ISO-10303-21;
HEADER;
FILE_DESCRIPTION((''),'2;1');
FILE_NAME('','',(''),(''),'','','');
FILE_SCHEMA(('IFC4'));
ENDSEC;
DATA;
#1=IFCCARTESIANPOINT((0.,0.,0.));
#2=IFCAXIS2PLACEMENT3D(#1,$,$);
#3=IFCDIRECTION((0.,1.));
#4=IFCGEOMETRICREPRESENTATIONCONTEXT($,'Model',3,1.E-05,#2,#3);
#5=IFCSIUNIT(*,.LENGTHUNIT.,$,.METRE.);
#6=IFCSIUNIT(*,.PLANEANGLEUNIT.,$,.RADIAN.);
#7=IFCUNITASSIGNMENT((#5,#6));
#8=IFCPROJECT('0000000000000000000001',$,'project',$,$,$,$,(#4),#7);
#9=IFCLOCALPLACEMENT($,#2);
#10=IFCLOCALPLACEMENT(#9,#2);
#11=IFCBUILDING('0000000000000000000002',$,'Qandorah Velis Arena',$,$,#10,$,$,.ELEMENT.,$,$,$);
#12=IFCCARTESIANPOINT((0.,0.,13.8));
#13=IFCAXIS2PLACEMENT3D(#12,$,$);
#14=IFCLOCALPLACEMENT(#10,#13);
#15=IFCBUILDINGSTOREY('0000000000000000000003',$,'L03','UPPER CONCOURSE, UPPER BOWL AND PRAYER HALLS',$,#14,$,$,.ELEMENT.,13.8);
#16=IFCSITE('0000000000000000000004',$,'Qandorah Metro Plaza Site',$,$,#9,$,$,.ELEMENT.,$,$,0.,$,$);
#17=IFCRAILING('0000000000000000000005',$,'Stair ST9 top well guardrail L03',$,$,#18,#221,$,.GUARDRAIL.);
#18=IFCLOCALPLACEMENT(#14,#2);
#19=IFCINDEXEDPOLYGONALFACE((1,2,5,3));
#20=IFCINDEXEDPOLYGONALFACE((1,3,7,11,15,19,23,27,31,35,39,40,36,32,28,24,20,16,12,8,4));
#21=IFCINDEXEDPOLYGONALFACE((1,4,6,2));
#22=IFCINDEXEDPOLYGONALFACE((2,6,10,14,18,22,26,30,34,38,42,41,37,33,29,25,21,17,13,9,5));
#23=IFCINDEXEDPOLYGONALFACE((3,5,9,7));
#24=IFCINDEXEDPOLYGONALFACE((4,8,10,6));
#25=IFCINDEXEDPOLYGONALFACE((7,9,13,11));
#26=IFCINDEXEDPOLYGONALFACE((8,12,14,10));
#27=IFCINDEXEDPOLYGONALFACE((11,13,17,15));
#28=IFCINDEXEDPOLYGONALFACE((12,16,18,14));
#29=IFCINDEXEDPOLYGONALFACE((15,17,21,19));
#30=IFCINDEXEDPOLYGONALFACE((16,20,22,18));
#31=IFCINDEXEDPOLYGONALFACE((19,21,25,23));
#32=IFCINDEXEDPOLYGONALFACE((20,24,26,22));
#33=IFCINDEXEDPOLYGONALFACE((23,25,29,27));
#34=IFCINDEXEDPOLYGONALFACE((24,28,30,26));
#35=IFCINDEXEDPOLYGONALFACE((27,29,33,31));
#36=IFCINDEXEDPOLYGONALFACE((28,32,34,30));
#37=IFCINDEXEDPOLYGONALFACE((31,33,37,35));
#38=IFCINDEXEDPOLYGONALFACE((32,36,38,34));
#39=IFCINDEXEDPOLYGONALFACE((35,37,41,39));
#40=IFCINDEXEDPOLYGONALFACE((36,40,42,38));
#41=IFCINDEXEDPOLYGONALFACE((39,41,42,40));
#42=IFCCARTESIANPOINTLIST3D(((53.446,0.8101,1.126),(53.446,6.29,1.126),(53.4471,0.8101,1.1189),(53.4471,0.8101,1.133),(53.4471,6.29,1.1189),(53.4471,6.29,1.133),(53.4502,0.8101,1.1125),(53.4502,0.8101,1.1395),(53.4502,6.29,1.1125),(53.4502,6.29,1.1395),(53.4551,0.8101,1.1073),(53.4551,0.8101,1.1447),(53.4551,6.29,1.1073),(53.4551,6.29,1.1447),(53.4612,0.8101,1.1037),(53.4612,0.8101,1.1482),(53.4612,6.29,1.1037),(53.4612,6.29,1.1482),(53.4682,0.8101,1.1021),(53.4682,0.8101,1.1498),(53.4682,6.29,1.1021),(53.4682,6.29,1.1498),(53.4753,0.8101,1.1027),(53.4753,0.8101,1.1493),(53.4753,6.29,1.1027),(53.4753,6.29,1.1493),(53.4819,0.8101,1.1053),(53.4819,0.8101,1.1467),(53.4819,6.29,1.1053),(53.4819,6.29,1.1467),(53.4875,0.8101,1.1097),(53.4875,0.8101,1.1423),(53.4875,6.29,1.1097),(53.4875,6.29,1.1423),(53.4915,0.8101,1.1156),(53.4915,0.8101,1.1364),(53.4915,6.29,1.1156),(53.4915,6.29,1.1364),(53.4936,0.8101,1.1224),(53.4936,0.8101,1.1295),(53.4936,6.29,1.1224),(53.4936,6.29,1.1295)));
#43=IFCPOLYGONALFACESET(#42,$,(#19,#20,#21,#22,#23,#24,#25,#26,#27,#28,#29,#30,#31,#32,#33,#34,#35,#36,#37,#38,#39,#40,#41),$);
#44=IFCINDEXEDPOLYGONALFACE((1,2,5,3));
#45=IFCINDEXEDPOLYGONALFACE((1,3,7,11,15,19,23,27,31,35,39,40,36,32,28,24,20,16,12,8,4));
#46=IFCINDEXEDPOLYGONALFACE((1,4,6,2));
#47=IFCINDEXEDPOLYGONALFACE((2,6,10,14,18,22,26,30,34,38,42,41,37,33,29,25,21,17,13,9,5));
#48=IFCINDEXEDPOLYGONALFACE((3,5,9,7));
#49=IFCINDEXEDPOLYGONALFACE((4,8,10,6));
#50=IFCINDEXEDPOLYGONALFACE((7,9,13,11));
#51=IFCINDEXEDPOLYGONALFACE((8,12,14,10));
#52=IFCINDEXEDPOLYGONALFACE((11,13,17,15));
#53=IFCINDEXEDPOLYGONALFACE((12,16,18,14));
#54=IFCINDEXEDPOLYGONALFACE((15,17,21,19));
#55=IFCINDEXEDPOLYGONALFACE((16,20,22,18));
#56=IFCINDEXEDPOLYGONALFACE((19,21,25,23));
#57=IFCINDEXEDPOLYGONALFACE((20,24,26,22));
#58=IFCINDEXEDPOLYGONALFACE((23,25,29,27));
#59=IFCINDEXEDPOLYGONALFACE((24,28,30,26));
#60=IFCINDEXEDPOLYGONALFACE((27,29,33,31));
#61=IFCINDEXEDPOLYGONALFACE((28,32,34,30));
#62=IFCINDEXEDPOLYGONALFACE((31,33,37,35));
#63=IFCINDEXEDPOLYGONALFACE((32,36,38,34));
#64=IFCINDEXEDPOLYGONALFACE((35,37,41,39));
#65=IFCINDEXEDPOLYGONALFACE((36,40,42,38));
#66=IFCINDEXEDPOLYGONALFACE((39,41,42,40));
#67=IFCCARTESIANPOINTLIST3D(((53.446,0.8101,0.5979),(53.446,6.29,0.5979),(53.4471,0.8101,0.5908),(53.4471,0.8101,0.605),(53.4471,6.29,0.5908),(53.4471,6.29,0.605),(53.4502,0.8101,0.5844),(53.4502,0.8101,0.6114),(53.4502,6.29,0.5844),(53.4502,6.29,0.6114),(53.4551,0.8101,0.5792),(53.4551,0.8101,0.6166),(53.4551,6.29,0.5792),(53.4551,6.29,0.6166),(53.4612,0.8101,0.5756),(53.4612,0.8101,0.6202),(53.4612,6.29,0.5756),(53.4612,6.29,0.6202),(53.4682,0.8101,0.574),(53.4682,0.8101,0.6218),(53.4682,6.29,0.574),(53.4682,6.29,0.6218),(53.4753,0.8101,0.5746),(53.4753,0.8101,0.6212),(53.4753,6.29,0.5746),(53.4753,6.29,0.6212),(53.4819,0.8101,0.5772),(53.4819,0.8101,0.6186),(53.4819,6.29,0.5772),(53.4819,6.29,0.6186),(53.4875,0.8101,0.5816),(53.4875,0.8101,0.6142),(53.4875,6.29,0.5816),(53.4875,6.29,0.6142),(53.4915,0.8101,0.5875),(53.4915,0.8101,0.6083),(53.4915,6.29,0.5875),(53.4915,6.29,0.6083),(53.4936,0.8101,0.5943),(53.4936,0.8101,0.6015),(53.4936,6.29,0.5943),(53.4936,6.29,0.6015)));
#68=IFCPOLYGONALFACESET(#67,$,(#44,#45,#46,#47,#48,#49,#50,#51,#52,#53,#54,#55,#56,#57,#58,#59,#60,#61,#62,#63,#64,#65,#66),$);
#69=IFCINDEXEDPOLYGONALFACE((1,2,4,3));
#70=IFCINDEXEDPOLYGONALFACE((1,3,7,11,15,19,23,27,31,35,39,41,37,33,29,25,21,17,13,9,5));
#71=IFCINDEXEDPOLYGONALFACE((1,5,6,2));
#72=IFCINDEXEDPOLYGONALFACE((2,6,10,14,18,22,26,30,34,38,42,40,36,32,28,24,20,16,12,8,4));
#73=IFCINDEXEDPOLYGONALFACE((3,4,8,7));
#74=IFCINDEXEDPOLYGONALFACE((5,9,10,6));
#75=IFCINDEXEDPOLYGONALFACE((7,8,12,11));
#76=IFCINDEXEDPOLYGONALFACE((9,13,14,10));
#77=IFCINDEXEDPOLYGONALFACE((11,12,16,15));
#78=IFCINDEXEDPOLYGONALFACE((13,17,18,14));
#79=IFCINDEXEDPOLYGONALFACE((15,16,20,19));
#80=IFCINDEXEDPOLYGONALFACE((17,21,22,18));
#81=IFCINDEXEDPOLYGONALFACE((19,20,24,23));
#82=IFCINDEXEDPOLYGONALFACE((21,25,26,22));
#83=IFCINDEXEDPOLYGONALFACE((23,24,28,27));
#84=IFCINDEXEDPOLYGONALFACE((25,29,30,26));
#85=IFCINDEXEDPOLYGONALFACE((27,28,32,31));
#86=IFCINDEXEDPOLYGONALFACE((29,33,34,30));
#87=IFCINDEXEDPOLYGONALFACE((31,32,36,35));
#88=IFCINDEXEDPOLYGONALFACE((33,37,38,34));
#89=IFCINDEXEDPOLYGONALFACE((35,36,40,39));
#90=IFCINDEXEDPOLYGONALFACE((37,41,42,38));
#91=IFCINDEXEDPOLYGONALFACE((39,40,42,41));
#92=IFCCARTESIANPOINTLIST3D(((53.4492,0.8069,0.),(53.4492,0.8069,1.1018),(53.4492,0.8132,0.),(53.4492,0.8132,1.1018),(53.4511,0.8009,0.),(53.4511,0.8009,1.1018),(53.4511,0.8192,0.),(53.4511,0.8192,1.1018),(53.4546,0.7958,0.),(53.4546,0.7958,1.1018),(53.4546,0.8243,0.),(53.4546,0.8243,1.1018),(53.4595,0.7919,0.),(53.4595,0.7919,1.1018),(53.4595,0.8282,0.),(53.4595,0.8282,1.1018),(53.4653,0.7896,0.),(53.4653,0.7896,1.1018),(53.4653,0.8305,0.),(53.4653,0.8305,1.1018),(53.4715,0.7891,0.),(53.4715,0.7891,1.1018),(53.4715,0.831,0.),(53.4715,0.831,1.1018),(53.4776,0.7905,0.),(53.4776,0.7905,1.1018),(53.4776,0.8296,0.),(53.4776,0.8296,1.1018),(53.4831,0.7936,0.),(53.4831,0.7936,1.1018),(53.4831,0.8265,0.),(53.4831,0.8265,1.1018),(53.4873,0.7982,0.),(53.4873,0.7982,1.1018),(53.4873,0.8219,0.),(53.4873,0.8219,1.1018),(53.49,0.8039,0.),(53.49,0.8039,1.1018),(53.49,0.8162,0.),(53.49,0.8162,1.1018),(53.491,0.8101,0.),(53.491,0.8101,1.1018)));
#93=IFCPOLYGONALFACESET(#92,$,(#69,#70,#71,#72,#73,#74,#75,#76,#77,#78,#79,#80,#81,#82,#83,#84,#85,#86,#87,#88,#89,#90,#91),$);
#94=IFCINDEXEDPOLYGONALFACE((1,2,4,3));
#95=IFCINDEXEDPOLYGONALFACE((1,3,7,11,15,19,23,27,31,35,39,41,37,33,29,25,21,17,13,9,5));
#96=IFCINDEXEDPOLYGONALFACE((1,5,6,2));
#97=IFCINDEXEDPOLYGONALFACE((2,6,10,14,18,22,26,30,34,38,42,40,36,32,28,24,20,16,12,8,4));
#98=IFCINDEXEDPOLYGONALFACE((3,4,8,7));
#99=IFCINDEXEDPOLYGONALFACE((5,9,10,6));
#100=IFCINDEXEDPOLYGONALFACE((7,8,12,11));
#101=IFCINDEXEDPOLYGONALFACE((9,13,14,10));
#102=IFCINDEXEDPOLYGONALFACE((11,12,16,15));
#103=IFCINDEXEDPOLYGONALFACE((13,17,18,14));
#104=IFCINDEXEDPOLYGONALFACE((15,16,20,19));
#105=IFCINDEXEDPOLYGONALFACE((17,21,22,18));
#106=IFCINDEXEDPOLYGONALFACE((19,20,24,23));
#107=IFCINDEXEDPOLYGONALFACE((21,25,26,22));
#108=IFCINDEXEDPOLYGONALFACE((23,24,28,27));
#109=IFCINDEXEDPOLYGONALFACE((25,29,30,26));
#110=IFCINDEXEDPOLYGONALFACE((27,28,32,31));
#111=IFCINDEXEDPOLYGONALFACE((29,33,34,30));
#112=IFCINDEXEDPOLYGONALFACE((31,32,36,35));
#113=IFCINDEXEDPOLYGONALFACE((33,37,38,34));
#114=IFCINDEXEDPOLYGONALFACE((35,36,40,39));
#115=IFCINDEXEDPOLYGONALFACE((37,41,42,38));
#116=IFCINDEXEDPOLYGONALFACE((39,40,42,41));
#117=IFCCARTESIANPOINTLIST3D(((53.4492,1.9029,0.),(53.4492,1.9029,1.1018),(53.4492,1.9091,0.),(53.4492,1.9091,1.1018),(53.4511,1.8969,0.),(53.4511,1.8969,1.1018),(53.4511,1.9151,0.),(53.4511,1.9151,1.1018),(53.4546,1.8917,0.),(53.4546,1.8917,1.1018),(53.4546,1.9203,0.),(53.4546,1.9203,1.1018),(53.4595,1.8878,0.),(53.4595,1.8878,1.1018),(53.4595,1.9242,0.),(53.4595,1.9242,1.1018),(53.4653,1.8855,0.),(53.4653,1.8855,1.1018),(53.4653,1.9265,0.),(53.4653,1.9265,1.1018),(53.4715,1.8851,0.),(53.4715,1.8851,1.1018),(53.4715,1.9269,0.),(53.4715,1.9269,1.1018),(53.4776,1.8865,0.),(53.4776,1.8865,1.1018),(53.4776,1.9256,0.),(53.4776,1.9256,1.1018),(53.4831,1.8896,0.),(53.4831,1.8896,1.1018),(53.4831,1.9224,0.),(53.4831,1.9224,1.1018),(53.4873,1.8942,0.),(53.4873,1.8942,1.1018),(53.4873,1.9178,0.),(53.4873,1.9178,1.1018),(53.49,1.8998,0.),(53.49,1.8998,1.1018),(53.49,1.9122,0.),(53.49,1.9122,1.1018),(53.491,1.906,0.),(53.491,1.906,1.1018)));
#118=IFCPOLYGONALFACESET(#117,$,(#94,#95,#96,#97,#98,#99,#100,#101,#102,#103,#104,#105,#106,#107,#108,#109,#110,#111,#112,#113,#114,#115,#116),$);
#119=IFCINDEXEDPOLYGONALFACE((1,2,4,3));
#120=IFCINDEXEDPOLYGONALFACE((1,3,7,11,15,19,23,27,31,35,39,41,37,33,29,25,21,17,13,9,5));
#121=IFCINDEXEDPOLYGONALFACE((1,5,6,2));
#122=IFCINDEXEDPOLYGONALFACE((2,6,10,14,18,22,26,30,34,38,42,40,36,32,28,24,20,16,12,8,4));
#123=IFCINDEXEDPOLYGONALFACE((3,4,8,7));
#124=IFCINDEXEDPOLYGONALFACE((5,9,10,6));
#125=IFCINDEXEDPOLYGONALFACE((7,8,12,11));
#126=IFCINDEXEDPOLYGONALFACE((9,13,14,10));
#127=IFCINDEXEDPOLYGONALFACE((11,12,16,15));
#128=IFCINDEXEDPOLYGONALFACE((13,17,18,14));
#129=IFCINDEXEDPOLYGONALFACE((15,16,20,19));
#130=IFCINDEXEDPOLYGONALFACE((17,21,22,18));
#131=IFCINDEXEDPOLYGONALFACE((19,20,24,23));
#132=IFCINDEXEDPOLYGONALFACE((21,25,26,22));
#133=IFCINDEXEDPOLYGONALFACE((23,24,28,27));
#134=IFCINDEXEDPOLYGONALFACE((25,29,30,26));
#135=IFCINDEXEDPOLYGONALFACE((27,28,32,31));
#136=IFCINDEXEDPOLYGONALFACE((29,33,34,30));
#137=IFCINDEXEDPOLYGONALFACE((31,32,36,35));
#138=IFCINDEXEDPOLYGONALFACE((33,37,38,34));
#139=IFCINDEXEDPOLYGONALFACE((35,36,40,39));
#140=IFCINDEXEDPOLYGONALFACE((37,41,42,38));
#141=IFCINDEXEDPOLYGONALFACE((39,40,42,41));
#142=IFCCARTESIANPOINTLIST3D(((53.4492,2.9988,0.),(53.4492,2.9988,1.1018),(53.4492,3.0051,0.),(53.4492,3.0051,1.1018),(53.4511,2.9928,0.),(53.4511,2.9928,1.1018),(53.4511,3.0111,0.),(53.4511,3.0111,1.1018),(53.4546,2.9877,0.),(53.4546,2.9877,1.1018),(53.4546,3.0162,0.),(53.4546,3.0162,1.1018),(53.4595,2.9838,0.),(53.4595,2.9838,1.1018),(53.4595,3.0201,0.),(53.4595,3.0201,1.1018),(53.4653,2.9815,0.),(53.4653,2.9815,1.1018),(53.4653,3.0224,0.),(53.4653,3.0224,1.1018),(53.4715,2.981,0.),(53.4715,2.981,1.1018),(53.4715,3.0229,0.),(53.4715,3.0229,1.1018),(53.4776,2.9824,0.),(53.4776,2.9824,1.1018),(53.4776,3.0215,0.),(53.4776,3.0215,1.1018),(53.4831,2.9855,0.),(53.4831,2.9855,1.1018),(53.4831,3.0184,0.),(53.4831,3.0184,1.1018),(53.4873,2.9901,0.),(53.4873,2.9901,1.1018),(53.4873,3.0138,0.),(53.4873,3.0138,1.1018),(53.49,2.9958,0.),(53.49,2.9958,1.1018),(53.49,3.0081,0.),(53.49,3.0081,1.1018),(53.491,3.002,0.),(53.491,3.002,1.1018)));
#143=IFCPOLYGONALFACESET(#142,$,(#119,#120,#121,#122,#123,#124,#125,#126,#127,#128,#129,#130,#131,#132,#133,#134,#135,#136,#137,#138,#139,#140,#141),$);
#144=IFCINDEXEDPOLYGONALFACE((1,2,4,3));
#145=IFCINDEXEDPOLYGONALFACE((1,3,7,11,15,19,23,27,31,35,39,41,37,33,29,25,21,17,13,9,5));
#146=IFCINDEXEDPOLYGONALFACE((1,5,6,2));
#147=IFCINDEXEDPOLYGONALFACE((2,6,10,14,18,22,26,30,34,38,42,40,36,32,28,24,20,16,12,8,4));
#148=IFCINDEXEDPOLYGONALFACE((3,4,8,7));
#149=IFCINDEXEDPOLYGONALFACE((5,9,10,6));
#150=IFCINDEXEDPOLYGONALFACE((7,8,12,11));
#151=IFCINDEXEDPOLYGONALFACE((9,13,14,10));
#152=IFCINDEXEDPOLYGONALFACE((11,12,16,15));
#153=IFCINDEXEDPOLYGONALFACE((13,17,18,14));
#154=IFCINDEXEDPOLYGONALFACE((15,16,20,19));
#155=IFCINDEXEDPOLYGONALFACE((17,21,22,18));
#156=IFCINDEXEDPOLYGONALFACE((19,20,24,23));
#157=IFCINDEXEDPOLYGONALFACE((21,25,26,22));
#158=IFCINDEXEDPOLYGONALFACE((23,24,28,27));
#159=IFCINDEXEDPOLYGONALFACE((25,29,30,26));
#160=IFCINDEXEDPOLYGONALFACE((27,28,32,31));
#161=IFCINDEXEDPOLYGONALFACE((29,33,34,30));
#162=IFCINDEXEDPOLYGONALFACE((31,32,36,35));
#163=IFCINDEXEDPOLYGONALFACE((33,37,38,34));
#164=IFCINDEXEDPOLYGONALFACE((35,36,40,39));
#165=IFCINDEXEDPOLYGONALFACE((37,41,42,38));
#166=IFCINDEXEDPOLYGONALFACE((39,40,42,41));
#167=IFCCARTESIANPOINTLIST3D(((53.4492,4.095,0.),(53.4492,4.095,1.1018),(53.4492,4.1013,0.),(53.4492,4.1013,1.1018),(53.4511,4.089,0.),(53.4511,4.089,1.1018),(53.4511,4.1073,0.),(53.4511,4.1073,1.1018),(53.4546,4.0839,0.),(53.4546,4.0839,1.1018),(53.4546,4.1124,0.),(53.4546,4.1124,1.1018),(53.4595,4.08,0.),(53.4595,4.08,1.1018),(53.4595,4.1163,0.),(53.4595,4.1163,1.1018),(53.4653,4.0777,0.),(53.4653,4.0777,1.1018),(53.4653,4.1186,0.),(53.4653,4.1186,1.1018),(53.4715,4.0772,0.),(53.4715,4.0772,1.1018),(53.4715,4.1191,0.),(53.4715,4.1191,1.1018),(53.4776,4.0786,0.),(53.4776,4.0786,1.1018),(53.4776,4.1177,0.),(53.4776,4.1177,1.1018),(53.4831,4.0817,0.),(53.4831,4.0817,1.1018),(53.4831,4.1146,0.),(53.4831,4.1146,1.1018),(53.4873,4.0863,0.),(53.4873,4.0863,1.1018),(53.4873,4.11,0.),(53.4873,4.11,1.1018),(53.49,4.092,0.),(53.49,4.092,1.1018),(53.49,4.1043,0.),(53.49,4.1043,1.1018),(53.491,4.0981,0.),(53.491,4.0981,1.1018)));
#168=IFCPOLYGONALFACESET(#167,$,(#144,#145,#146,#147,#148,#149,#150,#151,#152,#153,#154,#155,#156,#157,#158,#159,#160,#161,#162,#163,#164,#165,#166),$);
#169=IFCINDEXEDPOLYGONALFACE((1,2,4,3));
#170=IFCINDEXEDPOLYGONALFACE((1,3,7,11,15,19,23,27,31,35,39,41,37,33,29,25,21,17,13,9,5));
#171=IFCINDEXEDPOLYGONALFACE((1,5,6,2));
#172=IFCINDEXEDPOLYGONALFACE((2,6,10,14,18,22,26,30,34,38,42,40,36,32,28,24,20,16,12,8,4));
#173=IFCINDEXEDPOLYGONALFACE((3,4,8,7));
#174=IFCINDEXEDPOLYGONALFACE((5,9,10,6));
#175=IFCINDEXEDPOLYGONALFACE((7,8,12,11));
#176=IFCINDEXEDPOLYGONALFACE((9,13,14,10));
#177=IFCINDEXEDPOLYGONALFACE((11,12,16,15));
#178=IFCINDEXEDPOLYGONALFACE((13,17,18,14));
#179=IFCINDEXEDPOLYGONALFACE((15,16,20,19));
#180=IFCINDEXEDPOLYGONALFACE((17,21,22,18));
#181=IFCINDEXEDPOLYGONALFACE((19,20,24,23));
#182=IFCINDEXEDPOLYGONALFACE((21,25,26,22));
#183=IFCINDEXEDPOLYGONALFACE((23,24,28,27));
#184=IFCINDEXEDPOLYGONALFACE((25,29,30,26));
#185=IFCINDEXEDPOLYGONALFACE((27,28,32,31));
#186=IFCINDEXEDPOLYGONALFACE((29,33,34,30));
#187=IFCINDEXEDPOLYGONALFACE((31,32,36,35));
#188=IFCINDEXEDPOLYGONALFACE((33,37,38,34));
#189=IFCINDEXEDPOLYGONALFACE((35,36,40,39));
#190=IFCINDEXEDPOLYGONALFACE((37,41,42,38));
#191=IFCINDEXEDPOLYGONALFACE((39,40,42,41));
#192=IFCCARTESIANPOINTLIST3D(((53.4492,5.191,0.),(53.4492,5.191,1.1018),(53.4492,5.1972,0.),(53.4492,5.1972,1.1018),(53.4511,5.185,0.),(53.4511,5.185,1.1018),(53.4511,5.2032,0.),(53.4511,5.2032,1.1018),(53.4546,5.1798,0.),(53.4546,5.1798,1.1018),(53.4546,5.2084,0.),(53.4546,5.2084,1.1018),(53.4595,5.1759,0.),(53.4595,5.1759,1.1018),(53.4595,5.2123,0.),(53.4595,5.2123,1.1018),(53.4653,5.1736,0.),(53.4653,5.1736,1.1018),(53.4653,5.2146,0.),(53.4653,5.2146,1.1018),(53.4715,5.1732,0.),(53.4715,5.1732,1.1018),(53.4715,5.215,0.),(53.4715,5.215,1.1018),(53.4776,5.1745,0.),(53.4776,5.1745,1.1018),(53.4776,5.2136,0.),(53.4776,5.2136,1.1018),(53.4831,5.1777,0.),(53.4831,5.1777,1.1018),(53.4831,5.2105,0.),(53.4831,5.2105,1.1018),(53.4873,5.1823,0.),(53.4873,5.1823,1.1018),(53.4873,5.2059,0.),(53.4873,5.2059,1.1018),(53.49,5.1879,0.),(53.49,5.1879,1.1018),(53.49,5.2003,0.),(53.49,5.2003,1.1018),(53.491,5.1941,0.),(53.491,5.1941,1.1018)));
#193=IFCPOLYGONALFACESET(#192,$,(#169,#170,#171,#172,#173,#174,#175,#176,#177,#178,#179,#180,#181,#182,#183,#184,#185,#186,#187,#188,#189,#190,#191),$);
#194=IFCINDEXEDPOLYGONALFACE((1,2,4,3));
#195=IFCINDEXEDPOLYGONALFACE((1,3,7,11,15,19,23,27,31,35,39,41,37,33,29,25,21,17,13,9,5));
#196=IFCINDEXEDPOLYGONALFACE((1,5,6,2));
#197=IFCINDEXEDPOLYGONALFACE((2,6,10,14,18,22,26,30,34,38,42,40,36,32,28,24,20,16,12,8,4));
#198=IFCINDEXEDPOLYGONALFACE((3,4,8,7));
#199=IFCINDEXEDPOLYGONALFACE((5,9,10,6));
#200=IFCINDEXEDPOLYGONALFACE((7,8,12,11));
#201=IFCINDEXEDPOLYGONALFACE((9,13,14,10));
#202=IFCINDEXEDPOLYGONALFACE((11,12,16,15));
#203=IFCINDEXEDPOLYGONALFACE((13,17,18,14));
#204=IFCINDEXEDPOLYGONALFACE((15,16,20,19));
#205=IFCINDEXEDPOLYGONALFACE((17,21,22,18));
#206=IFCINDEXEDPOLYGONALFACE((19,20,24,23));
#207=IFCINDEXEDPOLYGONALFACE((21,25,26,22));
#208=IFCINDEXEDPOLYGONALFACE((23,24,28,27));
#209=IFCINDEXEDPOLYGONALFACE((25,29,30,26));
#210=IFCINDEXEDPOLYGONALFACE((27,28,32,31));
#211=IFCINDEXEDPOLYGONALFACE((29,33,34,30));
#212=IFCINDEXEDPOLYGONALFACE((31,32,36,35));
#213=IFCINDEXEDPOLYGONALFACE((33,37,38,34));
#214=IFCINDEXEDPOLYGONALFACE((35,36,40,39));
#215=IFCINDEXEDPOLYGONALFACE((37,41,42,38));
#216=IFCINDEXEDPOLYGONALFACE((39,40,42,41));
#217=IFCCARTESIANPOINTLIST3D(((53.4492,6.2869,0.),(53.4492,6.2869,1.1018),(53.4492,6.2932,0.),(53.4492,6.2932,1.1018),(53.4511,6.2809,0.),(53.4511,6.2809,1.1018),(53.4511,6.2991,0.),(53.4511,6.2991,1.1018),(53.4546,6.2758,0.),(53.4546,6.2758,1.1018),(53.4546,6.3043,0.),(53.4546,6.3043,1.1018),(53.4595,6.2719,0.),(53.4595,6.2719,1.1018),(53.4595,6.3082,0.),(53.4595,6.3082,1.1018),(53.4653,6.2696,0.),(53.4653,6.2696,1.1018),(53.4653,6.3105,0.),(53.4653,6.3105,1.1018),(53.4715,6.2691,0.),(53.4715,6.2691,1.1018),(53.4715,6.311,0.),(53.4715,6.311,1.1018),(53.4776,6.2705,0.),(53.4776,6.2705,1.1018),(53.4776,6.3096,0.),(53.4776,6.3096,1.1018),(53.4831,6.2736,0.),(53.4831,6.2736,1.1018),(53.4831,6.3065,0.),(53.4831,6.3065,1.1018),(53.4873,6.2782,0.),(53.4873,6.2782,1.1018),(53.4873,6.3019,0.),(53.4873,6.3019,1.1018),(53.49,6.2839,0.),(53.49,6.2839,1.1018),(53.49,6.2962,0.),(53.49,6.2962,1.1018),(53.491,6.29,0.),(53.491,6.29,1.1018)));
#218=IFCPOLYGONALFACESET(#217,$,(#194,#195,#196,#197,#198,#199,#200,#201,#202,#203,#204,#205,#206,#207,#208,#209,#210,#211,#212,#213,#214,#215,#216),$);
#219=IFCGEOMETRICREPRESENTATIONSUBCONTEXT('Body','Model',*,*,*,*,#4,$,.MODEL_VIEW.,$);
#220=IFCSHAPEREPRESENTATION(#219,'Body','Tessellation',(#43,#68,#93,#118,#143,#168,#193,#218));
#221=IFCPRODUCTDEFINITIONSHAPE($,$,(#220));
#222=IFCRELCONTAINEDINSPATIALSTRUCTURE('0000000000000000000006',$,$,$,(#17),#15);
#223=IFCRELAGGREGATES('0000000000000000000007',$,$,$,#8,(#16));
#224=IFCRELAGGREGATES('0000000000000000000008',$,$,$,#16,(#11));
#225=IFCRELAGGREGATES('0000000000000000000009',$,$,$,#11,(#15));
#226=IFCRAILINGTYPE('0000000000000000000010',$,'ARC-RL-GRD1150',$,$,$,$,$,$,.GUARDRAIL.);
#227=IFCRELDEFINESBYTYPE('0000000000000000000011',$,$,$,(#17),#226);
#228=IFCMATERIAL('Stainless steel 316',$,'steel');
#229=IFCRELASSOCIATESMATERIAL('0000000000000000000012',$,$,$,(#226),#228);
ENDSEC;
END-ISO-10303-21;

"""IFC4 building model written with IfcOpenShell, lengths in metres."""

from ifc_helpers import new_model, si_unit, direction, frame, origin, origin_2d, place, context, subcontext, project, spatial, circle, extrude, material, type_object, element, save


model = new_model("IFC4")

# Units and contexts
model_context = context("Model", 3, precision=1e-05, world=origin(), true_north=direction((0.0, 1.0)))
body_context = subcontext(model_context, "Body", "Model", "MODEL_VIEW")
ifc_project = project(units=[si_unit("LENGTHUNIT", "METRE"), si_unit("PLANEANGLEUNIT", "RADIAN")], contexts=[model_context])

# Site, building, storey
site_placement = place(None, origin())
site = spatial("IfcSite", under=ifc_project, at=site_placement, Name="Qandorah Metro Plaza Site", CompositionType="ELEMENT", RefElevation=0.0)
building_placement = place(site_placement, origin())
building = spatial("IfcBuilding", under=site, at=building_placement, Name="Qandorah Velis Arena", CompositionType="ELEMENT")
storey_placement = place(building_placement, frame((0.0, 0.0, 13.8)))
storey = spatial("IfcBuildingStorey", under=building, at=storey_placement, Name="L03", Description="UPPER CONCOURSE, UPPER BOWL AND PRAYER HALLS", CompositionType="ELEMENT", Elevation=13.8)

# Railing
ifc_material_1 = material(Name="Stainless steel 316", Category="steel")
railing_type = type_object("IfcRailingType", Name="ARC-RL-GRD1150", PredefinedType="GUARDRAIL", material=ifc_material_1)
railing_placement = place(storey_placement, frame((53.47, 0.8101, 0.0)))
element("IfcRailing", 1, at=railing_placement, inside=storey, type_object=railing_type, Name="Stair ST9 top well guardrail L03", PredefinedType="GUARDRAIL", context=body_context, shape_type="SweptSolid", body=[
    extrude(circle(Radius=0.0239, at=origin_2d()), frame((0.0, 0.0, 1.126), z_axis=(0.0, 1.0, 0.0), x_axis=(-1.0, 0.0, 0.0)), (0.0, 0.0, 1.0), 5.48),
    extrude(circle(Radius=0.0239, at=origin_2d()), frame((0.0, 0.0, 0.5979), z_axis=(0.0, 1.0, 0.0), x_axis=(-1.0, 0.0, 0.0)), (0.0, 0.0, 1.0), 5.48),
    extrude(circle(Radius=0.021, at=origin_2d()), origin(), (0.0, 0.0, 1.0), 1.1018),
    extrude(circle(Radius=0.021, at=origin_2d()), frame((0.0, 1.0959, 0.0)), (0.0, 0.0, 1.0), 1.1018),
    extrude(circle(Radius=0.021, at=origin_2d()), frame((0.0, 2.1919, 0.0)), (0.0, 0.0, 1.0), 1.1018),
    extrude(circle(Radius=0.021, at=origin_2d()), frame((0.0, 3.2881, 0.0)), (0.0, 0.0, 1.0), 1.1018),
    extrude(circle(Radius=0.021, at=origin_2d()), frame((0.0, 4.384, 0.0)), (0.0, 0.0, 1.0), 1.1018),
    extrude(circle(Radius=0.021, at=origin_2d()), frame((0.0, 5.48, 0.0)), (0.0, 0.0, 1.0), 1.1018),
])

save(model, "model.ifc")
